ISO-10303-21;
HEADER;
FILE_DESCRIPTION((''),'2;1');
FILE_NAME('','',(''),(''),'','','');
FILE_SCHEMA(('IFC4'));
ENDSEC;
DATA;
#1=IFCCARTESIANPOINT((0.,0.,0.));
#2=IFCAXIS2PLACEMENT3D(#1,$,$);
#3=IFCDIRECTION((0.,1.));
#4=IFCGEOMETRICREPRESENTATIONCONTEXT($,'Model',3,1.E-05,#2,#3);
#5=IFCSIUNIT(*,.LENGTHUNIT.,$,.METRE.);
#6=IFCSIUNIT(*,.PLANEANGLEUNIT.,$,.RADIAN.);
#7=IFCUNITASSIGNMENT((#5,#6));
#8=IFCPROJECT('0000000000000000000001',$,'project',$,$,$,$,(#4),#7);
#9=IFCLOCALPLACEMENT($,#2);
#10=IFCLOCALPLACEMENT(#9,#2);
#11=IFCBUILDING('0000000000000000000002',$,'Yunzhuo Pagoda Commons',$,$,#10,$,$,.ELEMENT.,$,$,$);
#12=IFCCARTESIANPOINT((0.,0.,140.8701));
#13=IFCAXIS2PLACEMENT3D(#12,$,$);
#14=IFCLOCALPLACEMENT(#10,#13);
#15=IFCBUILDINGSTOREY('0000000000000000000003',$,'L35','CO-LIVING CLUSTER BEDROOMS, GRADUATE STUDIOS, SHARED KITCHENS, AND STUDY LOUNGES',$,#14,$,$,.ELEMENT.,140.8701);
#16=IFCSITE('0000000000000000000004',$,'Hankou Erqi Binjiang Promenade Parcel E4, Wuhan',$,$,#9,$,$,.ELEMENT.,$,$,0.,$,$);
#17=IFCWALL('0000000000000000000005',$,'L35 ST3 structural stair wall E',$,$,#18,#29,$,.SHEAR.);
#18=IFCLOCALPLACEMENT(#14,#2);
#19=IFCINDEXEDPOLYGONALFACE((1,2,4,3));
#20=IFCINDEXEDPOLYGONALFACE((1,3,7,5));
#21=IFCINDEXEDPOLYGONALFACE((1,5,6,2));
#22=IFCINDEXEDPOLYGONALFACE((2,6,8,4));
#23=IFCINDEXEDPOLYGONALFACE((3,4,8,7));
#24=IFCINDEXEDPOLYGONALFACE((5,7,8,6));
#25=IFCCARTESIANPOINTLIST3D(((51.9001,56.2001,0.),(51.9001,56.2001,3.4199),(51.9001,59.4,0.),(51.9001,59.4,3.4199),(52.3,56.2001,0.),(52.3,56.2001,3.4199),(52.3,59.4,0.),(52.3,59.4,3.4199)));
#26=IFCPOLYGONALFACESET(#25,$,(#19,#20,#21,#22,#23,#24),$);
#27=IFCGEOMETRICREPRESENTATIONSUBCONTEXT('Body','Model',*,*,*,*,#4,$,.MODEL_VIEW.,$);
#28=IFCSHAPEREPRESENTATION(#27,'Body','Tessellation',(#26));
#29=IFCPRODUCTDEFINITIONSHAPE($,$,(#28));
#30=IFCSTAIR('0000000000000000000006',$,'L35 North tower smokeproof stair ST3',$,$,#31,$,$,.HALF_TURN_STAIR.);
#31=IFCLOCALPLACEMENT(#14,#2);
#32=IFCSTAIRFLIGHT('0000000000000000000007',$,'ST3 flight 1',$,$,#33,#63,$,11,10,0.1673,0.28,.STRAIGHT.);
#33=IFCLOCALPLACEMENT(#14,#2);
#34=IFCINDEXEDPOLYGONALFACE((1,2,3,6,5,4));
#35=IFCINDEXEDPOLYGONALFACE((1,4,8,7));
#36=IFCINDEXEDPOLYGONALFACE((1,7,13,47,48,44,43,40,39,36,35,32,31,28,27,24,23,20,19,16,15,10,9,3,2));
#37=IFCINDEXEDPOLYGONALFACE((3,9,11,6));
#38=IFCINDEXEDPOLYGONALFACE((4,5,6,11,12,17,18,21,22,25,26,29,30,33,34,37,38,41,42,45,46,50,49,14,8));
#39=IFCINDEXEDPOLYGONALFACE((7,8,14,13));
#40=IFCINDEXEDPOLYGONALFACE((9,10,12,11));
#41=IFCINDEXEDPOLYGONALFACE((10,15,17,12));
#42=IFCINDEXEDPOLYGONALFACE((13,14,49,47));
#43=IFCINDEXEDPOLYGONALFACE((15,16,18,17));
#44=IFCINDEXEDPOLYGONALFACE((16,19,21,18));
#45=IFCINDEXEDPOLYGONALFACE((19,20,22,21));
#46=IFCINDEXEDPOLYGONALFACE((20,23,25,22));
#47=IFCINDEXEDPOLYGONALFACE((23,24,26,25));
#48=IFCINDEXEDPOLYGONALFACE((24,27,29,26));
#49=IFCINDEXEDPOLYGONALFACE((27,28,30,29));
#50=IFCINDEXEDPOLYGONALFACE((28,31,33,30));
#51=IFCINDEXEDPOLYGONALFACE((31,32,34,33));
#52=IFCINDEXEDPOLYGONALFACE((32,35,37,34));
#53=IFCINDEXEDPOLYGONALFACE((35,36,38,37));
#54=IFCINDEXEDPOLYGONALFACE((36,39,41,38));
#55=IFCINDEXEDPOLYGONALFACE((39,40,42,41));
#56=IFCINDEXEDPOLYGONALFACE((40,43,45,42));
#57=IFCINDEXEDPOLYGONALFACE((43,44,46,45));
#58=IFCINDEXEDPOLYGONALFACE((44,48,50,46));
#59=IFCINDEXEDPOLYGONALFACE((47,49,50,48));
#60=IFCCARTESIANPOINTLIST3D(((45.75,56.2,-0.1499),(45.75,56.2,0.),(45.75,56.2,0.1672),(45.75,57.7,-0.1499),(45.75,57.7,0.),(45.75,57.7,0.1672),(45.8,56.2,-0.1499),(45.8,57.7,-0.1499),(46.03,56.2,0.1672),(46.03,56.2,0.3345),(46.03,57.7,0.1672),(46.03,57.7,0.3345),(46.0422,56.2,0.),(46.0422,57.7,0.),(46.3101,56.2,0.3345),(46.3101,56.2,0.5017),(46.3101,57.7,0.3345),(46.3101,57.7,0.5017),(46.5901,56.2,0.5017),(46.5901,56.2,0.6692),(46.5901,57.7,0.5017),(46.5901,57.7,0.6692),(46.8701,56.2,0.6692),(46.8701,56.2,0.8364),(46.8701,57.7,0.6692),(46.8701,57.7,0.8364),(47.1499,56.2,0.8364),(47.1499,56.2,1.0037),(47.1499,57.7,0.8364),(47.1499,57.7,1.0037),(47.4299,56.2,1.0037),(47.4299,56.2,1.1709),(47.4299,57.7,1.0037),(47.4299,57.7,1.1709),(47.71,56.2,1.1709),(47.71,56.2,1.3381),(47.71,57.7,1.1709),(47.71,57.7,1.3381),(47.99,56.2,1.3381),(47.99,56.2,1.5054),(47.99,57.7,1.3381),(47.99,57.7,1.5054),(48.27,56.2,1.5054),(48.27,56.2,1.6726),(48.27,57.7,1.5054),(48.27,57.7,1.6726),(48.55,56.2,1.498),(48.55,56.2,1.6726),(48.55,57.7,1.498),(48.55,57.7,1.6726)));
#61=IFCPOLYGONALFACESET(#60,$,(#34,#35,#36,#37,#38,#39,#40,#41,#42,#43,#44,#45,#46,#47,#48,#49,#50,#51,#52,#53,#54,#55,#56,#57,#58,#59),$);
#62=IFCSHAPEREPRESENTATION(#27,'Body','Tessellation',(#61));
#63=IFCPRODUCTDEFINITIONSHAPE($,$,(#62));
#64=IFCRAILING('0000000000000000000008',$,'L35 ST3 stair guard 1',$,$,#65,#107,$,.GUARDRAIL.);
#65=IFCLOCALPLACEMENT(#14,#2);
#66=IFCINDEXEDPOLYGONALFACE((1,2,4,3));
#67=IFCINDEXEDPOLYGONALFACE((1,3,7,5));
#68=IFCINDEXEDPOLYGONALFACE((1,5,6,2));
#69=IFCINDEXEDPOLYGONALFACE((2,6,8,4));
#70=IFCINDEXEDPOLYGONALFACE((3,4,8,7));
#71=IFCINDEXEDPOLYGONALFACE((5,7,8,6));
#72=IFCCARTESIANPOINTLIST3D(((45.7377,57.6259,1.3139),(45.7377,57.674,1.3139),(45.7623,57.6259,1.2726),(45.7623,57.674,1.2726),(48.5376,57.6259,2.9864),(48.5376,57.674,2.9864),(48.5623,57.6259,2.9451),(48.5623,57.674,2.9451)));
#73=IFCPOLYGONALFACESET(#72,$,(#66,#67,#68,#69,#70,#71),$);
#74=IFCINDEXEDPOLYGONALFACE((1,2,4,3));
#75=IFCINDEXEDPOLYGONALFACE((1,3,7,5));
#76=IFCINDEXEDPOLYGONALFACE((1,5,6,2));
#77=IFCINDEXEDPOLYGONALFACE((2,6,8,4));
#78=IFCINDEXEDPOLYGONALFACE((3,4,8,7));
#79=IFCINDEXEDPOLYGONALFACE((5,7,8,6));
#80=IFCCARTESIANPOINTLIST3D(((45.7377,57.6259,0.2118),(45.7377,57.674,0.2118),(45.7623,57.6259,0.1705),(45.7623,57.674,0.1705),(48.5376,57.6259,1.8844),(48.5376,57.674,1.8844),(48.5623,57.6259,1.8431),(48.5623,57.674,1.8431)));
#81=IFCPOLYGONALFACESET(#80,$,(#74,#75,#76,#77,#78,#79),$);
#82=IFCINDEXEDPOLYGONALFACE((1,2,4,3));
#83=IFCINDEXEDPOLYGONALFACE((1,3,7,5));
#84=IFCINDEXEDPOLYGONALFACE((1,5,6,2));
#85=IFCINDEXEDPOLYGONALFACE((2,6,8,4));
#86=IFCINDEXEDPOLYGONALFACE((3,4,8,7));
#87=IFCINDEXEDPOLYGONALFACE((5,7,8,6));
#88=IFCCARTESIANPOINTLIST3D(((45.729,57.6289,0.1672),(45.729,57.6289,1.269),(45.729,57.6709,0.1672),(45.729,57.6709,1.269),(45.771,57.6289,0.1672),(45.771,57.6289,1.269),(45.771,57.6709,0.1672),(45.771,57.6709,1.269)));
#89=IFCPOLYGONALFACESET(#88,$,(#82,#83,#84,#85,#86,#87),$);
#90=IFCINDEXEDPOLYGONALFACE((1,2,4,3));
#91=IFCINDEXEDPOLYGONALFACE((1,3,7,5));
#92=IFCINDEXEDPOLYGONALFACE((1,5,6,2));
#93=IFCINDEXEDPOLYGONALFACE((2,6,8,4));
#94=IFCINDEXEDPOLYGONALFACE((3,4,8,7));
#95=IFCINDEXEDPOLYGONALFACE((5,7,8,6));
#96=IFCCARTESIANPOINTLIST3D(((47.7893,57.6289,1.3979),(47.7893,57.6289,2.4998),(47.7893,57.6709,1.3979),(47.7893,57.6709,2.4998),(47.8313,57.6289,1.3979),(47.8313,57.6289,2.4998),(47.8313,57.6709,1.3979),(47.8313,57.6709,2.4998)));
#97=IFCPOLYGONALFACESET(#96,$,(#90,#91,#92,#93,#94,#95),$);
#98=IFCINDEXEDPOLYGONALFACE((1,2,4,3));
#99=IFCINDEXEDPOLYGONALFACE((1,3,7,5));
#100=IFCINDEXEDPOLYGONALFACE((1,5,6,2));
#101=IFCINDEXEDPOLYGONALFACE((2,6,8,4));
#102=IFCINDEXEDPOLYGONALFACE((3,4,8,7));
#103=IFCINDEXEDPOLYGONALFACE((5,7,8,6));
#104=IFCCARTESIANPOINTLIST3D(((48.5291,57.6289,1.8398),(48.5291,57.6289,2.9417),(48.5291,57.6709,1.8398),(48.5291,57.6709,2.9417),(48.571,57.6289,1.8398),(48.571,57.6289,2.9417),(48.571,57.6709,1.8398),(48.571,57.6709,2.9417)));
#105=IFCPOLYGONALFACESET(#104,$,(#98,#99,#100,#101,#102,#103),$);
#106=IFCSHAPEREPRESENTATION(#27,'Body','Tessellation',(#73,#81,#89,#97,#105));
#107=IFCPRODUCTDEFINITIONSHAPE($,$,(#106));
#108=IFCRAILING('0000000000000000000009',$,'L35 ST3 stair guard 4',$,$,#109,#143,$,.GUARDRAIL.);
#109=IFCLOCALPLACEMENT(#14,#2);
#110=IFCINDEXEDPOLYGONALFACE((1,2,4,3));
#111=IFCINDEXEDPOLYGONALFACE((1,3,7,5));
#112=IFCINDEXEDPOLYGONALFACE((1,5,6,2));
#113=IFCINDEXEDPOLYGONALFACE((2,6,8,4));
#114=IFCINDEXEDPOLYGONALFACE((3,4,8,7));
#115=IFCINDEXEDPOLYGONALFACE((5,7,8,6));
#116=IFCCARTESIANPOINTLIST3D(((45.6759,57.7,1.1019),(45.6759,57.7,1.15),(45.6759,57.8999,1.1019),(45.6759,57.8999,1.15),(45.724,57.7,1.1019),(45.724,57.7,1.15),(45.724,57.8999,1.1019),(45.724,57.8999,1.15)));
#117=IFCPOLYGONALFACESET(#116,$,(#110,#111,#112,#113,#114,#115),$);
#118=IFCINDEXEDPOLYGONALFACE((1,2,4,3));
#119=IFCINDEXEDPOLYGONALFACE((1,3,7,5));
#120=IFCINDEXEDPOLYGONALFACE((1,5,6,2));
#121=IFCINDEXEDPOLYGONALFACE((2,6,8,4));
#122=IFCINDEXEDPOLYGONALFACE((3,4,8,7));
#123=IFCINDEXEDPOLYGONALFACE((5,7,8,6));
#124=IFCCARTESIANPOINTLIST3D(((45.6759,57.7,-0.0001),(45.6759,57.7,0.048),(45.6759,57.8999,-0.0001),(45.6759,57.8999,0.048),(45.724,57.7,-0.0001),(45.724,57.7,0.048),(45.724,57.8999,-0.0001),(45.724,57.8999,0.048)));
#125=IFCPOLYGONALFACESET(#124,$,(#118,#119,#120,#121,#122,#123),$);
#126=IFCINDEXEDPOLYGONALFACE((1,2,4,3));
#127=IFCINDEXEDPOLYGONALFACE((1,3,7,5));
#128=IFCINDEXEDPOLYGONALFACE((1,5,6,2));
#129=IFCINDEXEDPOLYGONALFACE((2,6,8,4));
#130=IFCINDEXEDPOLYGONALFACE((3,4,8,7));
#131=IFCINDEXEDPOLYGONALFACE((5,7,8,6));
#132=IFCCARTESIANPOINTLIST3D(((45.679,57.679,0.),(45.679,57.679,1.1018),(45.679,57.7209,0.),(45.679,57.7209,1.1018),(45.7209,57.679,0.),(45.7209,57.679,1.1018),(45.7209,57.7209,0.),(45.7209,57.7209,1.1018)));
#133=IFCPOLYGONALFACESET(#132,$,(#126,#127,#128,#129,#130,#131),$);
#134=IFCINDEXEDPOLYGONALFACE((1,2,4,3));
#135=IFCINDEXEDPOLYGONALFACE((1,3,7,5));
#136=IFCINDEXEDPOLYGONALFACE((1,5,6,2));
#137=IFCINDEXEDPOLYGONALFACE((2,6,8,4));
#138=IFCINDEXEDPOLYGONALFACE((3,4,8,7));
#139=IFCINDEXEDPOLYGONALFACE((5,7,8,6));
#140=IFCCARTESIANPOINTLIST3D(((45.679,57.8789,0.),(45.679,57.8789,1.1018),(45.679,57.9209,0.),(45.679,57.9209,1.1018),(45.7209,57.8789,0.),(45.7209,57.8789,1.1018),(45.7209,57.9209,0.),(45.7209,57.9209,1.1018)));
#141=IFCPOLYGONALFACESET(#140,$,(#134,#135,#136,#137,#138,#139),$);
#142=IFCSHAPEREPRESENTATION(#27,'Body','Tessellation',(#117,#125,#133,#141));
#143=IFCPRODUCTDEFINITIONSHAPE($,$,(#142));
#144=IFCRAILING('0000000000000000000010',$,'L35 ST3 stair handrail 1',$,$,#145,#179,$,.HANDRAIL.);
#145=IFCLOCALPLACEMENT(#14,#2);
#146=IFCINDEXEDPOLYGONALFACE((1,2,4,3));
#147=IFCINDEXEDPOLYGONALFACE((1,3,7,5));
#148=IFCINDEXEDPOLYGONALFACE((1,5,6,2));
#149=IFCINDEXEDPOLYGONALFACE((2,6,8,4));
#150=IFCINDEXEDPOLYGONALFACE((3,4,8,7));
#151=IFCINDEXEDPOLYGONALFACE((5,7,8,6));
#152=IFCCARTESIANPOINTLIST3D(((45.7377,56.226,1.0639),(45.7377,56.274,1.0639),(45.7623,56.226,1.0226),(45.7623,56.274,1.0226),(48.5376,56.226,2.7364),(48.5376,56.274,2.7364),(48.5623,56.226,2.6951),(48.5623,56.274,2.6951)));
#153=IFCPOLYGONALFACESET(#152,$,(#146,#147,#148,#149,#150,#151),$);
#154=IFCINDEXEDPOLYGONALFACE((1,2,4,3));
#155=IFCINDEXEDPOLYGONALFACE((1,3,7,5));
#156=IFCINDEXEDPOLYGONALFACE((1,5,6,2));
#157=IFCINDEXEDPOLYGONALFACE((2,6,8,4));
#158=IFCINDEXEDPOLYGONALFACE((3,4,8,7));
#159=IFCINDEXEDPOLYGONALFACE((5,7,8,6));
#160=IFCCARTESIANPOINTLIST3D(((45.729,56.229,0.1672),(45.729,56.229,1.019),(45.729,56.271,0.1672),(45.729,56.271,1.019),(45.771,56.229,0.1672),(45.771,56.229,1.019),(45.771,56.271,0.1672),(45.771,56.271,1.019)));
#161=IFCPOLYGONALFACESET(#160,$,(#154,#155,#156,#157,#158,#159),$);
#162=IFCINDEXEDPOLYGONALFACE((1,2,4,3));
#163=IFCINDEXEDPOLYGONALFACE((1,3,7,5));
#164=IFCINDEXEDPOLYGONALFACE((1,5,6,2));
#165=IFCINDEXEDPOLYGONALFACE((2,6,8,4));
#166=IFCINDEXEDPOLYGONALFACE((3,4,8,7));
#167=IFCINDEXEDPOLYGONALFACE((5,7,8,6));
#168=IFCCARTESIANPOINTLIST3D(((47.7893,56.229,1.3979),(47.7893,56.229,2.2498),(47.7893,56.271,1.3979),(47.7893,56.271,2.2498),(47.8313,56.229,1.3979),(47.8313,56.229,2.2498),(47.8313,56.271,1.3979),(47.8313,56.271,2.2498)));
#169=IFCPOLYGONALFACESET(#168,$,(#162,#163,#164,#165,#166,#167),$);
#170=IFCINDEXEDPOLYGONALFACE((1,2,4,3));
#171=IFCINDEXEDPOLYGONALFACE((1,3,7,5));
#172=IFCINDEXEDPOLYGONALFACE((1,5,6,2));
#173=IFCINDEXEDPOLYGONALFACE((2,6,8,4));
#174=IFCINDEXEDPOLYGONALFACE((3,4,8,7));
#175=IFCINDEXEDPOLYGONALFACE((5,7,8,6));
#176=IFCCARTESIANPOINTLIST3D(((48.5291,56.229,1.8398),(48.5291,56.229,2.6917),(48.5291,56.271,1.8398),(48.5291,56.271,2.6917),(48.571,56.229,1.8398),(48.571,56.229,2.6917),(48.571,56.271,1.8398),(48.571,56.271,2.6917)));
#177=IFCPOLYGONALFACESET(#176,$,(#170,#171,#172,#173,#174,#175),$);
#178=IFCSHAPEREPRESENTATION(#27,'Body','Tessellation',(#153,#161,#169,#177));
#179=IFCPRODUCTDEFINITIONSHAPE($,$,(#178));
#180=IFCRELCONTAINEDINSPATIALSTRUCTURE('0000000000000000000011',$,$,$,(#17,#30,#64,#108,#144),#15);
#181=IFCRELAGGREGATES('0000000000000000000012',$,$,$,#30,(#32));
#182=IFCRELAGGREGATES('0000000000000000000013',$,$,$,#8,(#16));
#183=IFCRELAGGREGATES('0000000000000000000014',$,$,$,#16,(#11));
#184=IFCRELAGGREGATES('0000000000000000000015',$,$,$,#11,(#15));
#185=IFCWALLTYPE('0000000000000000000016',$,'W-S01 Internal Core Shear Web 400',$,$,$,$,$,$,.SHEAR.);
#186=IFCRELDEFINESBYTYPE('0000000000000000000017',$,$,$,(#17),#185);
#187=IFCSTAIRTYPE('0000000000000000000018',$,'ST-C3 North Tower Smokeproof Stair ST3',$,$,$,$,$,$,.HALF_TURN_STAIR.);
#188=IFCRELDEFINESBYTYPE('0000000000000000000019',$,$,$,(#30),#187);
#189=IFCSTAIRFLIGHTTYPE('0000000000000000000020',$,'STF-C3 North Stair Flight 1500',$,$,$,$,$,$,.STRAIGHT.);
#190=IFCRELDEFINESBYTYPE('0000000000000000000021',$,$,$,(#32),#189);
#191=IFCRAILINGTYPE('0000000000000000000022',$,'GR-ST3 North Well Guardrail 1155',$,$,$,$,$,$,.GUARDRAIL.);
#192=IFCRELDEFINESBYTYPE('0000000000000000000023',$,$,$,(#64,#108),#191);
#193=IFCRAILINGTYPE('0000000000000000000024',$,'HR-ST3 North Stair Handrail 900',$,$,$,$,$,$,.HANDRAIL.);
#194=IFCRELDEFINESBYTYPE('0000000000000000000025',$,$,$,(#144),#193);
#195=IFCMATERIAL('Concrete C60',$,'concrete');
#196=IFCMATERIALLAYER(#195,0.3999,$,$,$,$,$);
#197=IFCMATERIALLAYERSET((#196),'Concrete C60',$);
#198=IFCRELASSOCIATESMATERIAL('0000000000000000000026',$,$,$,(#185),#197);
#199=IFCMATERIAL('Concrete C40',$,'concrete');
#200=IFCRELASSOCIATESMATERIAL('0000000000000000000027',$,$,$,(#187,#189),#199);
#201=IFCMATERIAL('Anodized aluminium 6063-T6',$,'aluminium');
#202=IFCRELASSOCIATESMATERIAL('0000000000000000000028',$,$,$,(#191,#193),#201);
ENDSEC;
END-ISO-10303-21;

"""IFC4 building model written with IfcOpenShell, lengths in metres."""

from ifc_helpers import new_model, si_unit, direction, frame, frame_2d, origin, origin_2d, place, context, subcontext, project, spatial, polyline, rectangle, outline, extrude, source, transform, mapped, material, layer, layer_set, type_object, element, aggregate, save


model = new_model("IFC4")

# Units and contexts
model_context = context("Model", 3, precision=1e-05, world=origin(), true_north=direction((0.0, 1.0)))
body_context = subcontext(model_context, "Body", "Model", "MODEL_VIEW")
ifc_project = project(units=[si_unit("LENGTHUNIT", "METRE"), si_unit("PLANEANGLEUNIT", "RADIAN")], contexts=[model_context])

# Site, building, storey
site_placement = place(None, origin())
site = spatial("IfcSite", under=ifc_project, at=site_placement, Name="Hankou Erqi Binjiang Promenade Parcel E4, Wuhan", CompositionType="ELEMENT", RefElevation=0.0)
building_placement = place(site_placement, origin())
building = spatial("IfcBuilding", under=site, at=building_placement, Name="Yunzhuo Pagoda Commons", CompositionType="ELEMENT")
storey_placement = place(building_placement, frame((0.0, 0.0, 140.8701)))
storey = spatial("IfcBuildingStorey", under=building, at=storey_placement, Name="L35", Description="CO-LIVING CLUSTER BEDROOMS, GRADUATE STUDIOS, SHARED KITCHENS, AND STUDY LOUNGES", CompositionType="ELEMENT", Elevation=140.8701)

# Shared definitions
ifc_material_1 = material(Name="Anodized aluminium 6063-T6", Category="aluminium")

# Wall
ifc_material_2 = material(Name="Concrete C60", Category="concrete")
ifc_layer_1 = layer(ifc_material_2, 0.3999)
ifc_layer_set_1 = layer_set([ifc_layer_1], Name="Concrete C60")
wall_type_1 = type_object("IfcWallType", Name="W-S01 Internal Core Shear Web 400", PredefinedType="SHEAR", material=ifc_layer_set_1)
wall_1_placement = place(storey_placement, frame((52.1001, 56.2, 0.0), z_axis=(0.0, 0.0, 1.0), x_axis=(0.0, 1.0, 0.0)))
element("IfcWall", 1, at=wall_1_placement, inside=storey, type_object=wall_type_1, Name="L35 ST3 structural stair wall E", PredefinedType="SHEAR", context=body_context, shape_type="SweptSolid", body=[
    extrude(rectangle(XDim=3.2, YDim=0.3999, at=frame_2d((1.6001, 0.0))), origin(), (0.0, 0.0, 1.0), 3.4199),
])

# Stair, stair flight
ifc_material_3 = material(Name="Concrete C40", Category="concrete")
stair_type = type_object("IfcStairType", Name="ST-C3 North Tower Smokeproof Stair ST3", PredefinedType="HALF_TURN_STAIR", material=ifc_material_3)
stair_placement = place(storey_placement, origin())
stair = element("IfcStair", 2, at=stair_placement, inside=storey, type_object=stair_type, Name="L35 North tower smokeproof stair ST3", PredefinedType="HALF_TURN_STAIR")
stair_flight_type = type_object("IfcStairFlightType", Name="STF-C3 North Stair Flight 1500", PredefinedType="STRAIGHT", material=ifc_material_3)
shared_shape_1 = source(origin(), body_context, "Body", "SweptSolid", [
    extrude(outline(polyline([(0.0, -0.1499), (0.0, 0.0), (0.0, 0.1672), (0.28, 0.1672), (0.28, 0.3345), (0.5601, 0.3345), (0.5601, 0.5017), (0.8401, 0.5017), (0.8401, 0.6692), (1.1201, 0.6692), (1.1201, 0.8364), (1.3999, 0.8364), (1.3999, 1.0037), (1.6799, 1.0037), (1.6799, 1.1709), (1.96, 1.1709), (1.96, 1.3381), (2.24, 1.3381), (2.24, 1.5054), (2.52, 1.5054), (2.52, 1.6726), (2.8, 1.6726), (2.8, 1.8401), (2.8, 1.498), (0.2922, 0.0), (0.05, -0.1499), (0.0, -0.1499)])), frame((0.0, 0.75, 0.0), z_axis=(0.0, -1.0, 0.0), x_axis=(1.0, 0.0, 0.0)), (0.0, 0.0, 1.0), 1.5),
])
stair_flight_placement = place(storey_placement, frame((45.75, 56.95, 0.0), z_axis=(0.0, 0.0, 1.0), x_axis=(1.0, 0.0, 0.0)))
stair_flight = element("IfcStairFlight", 3, at=stair_flight_placement, type_object=stair_flight_type, Name="ST3 flight 1", NumberOfRisers=11, NumberOfTreads=10, PredefinedType="STRAIGHT", RiserHeight=0.1673, TreadLength=0.28, context=body_context, shape_type="MappedRepresentation", body=[
    mapped(shared_shape_1, transform((0.0, 0.0, 0.0), scale=1.0)),
])
aggregate(stair, [stair_flight])

# Railings
railing_type_1 = type_object("IfcRailingType", Name="GR-ST3 North Well Guardrail 1155", PredefinedType="GUARDRAIL", material=ifc_material_1)
railing_1_placement = place(storey_placement, frame((45.75, 57.6499, 0.1672)))
element("IfcRailing", 4, at=railing_1_placement, inside=storey, type_object=railing_type_1, Name="L35 ST3 stair guard 1", PredefinedType="GUARDRAIL", context=body_context, shape_type="SweptSolid", body=[
    extrude(rectangle(XDim=0.0481, YDim=0.0481, at=origin_2d()), frame((0.0, 0.0, 1.126), z_axis=(0.858495, 0.0, 0.512822), x_axis=(0.0, 1.0, 0.0)), (0.0, 0.0, 1.0), 3.2615),
    extrude(rectangle(XDim=0.0481, YDim=0.0481, at=origin_2d()), frame((0.0, 0.0, 0.0239), z_axis=(0.858495, 0.0, 0.512822), x_axis=(0.0, 1.0, 0.0)), (0.0, 0.0, 1.0), 3.2615),
    extrude(rectangle(XDim=0.042, YDim=0.042, at=origin_2d()), origin(), (0.0, 0.0, 1.0), 1.1018),
    extrude(rectangle(XDim=0.042, YDim=0.042, at=origin_2d()), frame((2.0603, 0.0, 1.2307)), (0.0, 0.0, 1.0), 1.1018),
    extrude(rectangle(XDim=0.042, YDim=0.042, at=origin_2d()), frame((2.8, 0.0, 1.6726)), (0.0, 0.0, 1.0), 1.1018),
])
railing_2_placement = place(storey_placement, frame((45.7, 57.7, 0.0)))
element("IfcRailing", 5, at=railing_2_placement, inside=storey, type_object=railing_type_1, Name="L35 ST3 stair guard 4", PredefinedType="GUARDRAIL", context=body_context, shape_type="SweptSolid", body=[
    extrude(rectangle(XDim=0.0481, YDim=0.0481, at=origin_2d()), frame((0.0, 0.0, 1.126), z_axis=(0.0, 1.0, 0.0), x_axis=(-1.0, 0.0, 0.0)), (0.0, 0.0, 1.0), 0.2),
    extrude(rectangle(XDim=0.0481, YDim=0.0481, at=origin_2d()), frame((0.0, 0.0, 0.0239), z_axis=(0.0, 1.0, 0.0), x_axis=(-1.0, 0.0, 0.0)), (0.0, 0.0, 1.0), 0.2),
    extrude(rectangle(XDim=0.042, YDim=0.042, at=origin_2d()), origin(), (0.0, 0.0, 1.0), 1.1018),
    extrude(rectangle(XDim=0.042, YDim=0.042, at=origin_2d()), frame((0.0, 0.2, 0.0)), (0.0, 0.0, 1.0), 1.1018),
])
railing_type_2 = type_object("IfcRailingType", Name="HR-ST3 North Stair Handrail 900", PredefinedType="HANDRAIL", material=ifc_material_1)
railing_3_placement = place(storey_placement, frame((45.75, 56.25, 0.1672)))
element("IfcRailing", 6, at=railing_3_placement, inside=storey, type_object=railing_type_2, Name="L35 ST3 stair handrail 1", PredefinedType="HANDRAIL", context=body_context, shape_type="SweptSolid", body=[
    extrude(rectangle(XDim=0.0481, YDim=0.0481, at=origin_2d()), frame((0.0, 0.0, 0.876), z_axis=(0.858495, 0.0, 0.512822), x_axis=(0.0, 1.0, 0.0)), (0.0, 0.0, 1.0), 3.2615),
    extrude(rectangle(XDim=0.042, YDim=0.042, at=origin_2d()), origin(), (0.0, 0.0, 1.0), 0.8518),
    extrude(rectangle(XDim=0.042, YDim=0.042, at=origin_2d()), frame((2.0603, 0.0, 1.2307)), (0.0, 0.0, 1.0), 0.8518),
    extrude(rectangle(XDim=0.042, YDim=0.042, at=origin_2d()), frame((2.8, 0.0, 1.6726)), (0.0, 0.0, 1.0), 0.8518),
])

save(model, "model.ifc")
